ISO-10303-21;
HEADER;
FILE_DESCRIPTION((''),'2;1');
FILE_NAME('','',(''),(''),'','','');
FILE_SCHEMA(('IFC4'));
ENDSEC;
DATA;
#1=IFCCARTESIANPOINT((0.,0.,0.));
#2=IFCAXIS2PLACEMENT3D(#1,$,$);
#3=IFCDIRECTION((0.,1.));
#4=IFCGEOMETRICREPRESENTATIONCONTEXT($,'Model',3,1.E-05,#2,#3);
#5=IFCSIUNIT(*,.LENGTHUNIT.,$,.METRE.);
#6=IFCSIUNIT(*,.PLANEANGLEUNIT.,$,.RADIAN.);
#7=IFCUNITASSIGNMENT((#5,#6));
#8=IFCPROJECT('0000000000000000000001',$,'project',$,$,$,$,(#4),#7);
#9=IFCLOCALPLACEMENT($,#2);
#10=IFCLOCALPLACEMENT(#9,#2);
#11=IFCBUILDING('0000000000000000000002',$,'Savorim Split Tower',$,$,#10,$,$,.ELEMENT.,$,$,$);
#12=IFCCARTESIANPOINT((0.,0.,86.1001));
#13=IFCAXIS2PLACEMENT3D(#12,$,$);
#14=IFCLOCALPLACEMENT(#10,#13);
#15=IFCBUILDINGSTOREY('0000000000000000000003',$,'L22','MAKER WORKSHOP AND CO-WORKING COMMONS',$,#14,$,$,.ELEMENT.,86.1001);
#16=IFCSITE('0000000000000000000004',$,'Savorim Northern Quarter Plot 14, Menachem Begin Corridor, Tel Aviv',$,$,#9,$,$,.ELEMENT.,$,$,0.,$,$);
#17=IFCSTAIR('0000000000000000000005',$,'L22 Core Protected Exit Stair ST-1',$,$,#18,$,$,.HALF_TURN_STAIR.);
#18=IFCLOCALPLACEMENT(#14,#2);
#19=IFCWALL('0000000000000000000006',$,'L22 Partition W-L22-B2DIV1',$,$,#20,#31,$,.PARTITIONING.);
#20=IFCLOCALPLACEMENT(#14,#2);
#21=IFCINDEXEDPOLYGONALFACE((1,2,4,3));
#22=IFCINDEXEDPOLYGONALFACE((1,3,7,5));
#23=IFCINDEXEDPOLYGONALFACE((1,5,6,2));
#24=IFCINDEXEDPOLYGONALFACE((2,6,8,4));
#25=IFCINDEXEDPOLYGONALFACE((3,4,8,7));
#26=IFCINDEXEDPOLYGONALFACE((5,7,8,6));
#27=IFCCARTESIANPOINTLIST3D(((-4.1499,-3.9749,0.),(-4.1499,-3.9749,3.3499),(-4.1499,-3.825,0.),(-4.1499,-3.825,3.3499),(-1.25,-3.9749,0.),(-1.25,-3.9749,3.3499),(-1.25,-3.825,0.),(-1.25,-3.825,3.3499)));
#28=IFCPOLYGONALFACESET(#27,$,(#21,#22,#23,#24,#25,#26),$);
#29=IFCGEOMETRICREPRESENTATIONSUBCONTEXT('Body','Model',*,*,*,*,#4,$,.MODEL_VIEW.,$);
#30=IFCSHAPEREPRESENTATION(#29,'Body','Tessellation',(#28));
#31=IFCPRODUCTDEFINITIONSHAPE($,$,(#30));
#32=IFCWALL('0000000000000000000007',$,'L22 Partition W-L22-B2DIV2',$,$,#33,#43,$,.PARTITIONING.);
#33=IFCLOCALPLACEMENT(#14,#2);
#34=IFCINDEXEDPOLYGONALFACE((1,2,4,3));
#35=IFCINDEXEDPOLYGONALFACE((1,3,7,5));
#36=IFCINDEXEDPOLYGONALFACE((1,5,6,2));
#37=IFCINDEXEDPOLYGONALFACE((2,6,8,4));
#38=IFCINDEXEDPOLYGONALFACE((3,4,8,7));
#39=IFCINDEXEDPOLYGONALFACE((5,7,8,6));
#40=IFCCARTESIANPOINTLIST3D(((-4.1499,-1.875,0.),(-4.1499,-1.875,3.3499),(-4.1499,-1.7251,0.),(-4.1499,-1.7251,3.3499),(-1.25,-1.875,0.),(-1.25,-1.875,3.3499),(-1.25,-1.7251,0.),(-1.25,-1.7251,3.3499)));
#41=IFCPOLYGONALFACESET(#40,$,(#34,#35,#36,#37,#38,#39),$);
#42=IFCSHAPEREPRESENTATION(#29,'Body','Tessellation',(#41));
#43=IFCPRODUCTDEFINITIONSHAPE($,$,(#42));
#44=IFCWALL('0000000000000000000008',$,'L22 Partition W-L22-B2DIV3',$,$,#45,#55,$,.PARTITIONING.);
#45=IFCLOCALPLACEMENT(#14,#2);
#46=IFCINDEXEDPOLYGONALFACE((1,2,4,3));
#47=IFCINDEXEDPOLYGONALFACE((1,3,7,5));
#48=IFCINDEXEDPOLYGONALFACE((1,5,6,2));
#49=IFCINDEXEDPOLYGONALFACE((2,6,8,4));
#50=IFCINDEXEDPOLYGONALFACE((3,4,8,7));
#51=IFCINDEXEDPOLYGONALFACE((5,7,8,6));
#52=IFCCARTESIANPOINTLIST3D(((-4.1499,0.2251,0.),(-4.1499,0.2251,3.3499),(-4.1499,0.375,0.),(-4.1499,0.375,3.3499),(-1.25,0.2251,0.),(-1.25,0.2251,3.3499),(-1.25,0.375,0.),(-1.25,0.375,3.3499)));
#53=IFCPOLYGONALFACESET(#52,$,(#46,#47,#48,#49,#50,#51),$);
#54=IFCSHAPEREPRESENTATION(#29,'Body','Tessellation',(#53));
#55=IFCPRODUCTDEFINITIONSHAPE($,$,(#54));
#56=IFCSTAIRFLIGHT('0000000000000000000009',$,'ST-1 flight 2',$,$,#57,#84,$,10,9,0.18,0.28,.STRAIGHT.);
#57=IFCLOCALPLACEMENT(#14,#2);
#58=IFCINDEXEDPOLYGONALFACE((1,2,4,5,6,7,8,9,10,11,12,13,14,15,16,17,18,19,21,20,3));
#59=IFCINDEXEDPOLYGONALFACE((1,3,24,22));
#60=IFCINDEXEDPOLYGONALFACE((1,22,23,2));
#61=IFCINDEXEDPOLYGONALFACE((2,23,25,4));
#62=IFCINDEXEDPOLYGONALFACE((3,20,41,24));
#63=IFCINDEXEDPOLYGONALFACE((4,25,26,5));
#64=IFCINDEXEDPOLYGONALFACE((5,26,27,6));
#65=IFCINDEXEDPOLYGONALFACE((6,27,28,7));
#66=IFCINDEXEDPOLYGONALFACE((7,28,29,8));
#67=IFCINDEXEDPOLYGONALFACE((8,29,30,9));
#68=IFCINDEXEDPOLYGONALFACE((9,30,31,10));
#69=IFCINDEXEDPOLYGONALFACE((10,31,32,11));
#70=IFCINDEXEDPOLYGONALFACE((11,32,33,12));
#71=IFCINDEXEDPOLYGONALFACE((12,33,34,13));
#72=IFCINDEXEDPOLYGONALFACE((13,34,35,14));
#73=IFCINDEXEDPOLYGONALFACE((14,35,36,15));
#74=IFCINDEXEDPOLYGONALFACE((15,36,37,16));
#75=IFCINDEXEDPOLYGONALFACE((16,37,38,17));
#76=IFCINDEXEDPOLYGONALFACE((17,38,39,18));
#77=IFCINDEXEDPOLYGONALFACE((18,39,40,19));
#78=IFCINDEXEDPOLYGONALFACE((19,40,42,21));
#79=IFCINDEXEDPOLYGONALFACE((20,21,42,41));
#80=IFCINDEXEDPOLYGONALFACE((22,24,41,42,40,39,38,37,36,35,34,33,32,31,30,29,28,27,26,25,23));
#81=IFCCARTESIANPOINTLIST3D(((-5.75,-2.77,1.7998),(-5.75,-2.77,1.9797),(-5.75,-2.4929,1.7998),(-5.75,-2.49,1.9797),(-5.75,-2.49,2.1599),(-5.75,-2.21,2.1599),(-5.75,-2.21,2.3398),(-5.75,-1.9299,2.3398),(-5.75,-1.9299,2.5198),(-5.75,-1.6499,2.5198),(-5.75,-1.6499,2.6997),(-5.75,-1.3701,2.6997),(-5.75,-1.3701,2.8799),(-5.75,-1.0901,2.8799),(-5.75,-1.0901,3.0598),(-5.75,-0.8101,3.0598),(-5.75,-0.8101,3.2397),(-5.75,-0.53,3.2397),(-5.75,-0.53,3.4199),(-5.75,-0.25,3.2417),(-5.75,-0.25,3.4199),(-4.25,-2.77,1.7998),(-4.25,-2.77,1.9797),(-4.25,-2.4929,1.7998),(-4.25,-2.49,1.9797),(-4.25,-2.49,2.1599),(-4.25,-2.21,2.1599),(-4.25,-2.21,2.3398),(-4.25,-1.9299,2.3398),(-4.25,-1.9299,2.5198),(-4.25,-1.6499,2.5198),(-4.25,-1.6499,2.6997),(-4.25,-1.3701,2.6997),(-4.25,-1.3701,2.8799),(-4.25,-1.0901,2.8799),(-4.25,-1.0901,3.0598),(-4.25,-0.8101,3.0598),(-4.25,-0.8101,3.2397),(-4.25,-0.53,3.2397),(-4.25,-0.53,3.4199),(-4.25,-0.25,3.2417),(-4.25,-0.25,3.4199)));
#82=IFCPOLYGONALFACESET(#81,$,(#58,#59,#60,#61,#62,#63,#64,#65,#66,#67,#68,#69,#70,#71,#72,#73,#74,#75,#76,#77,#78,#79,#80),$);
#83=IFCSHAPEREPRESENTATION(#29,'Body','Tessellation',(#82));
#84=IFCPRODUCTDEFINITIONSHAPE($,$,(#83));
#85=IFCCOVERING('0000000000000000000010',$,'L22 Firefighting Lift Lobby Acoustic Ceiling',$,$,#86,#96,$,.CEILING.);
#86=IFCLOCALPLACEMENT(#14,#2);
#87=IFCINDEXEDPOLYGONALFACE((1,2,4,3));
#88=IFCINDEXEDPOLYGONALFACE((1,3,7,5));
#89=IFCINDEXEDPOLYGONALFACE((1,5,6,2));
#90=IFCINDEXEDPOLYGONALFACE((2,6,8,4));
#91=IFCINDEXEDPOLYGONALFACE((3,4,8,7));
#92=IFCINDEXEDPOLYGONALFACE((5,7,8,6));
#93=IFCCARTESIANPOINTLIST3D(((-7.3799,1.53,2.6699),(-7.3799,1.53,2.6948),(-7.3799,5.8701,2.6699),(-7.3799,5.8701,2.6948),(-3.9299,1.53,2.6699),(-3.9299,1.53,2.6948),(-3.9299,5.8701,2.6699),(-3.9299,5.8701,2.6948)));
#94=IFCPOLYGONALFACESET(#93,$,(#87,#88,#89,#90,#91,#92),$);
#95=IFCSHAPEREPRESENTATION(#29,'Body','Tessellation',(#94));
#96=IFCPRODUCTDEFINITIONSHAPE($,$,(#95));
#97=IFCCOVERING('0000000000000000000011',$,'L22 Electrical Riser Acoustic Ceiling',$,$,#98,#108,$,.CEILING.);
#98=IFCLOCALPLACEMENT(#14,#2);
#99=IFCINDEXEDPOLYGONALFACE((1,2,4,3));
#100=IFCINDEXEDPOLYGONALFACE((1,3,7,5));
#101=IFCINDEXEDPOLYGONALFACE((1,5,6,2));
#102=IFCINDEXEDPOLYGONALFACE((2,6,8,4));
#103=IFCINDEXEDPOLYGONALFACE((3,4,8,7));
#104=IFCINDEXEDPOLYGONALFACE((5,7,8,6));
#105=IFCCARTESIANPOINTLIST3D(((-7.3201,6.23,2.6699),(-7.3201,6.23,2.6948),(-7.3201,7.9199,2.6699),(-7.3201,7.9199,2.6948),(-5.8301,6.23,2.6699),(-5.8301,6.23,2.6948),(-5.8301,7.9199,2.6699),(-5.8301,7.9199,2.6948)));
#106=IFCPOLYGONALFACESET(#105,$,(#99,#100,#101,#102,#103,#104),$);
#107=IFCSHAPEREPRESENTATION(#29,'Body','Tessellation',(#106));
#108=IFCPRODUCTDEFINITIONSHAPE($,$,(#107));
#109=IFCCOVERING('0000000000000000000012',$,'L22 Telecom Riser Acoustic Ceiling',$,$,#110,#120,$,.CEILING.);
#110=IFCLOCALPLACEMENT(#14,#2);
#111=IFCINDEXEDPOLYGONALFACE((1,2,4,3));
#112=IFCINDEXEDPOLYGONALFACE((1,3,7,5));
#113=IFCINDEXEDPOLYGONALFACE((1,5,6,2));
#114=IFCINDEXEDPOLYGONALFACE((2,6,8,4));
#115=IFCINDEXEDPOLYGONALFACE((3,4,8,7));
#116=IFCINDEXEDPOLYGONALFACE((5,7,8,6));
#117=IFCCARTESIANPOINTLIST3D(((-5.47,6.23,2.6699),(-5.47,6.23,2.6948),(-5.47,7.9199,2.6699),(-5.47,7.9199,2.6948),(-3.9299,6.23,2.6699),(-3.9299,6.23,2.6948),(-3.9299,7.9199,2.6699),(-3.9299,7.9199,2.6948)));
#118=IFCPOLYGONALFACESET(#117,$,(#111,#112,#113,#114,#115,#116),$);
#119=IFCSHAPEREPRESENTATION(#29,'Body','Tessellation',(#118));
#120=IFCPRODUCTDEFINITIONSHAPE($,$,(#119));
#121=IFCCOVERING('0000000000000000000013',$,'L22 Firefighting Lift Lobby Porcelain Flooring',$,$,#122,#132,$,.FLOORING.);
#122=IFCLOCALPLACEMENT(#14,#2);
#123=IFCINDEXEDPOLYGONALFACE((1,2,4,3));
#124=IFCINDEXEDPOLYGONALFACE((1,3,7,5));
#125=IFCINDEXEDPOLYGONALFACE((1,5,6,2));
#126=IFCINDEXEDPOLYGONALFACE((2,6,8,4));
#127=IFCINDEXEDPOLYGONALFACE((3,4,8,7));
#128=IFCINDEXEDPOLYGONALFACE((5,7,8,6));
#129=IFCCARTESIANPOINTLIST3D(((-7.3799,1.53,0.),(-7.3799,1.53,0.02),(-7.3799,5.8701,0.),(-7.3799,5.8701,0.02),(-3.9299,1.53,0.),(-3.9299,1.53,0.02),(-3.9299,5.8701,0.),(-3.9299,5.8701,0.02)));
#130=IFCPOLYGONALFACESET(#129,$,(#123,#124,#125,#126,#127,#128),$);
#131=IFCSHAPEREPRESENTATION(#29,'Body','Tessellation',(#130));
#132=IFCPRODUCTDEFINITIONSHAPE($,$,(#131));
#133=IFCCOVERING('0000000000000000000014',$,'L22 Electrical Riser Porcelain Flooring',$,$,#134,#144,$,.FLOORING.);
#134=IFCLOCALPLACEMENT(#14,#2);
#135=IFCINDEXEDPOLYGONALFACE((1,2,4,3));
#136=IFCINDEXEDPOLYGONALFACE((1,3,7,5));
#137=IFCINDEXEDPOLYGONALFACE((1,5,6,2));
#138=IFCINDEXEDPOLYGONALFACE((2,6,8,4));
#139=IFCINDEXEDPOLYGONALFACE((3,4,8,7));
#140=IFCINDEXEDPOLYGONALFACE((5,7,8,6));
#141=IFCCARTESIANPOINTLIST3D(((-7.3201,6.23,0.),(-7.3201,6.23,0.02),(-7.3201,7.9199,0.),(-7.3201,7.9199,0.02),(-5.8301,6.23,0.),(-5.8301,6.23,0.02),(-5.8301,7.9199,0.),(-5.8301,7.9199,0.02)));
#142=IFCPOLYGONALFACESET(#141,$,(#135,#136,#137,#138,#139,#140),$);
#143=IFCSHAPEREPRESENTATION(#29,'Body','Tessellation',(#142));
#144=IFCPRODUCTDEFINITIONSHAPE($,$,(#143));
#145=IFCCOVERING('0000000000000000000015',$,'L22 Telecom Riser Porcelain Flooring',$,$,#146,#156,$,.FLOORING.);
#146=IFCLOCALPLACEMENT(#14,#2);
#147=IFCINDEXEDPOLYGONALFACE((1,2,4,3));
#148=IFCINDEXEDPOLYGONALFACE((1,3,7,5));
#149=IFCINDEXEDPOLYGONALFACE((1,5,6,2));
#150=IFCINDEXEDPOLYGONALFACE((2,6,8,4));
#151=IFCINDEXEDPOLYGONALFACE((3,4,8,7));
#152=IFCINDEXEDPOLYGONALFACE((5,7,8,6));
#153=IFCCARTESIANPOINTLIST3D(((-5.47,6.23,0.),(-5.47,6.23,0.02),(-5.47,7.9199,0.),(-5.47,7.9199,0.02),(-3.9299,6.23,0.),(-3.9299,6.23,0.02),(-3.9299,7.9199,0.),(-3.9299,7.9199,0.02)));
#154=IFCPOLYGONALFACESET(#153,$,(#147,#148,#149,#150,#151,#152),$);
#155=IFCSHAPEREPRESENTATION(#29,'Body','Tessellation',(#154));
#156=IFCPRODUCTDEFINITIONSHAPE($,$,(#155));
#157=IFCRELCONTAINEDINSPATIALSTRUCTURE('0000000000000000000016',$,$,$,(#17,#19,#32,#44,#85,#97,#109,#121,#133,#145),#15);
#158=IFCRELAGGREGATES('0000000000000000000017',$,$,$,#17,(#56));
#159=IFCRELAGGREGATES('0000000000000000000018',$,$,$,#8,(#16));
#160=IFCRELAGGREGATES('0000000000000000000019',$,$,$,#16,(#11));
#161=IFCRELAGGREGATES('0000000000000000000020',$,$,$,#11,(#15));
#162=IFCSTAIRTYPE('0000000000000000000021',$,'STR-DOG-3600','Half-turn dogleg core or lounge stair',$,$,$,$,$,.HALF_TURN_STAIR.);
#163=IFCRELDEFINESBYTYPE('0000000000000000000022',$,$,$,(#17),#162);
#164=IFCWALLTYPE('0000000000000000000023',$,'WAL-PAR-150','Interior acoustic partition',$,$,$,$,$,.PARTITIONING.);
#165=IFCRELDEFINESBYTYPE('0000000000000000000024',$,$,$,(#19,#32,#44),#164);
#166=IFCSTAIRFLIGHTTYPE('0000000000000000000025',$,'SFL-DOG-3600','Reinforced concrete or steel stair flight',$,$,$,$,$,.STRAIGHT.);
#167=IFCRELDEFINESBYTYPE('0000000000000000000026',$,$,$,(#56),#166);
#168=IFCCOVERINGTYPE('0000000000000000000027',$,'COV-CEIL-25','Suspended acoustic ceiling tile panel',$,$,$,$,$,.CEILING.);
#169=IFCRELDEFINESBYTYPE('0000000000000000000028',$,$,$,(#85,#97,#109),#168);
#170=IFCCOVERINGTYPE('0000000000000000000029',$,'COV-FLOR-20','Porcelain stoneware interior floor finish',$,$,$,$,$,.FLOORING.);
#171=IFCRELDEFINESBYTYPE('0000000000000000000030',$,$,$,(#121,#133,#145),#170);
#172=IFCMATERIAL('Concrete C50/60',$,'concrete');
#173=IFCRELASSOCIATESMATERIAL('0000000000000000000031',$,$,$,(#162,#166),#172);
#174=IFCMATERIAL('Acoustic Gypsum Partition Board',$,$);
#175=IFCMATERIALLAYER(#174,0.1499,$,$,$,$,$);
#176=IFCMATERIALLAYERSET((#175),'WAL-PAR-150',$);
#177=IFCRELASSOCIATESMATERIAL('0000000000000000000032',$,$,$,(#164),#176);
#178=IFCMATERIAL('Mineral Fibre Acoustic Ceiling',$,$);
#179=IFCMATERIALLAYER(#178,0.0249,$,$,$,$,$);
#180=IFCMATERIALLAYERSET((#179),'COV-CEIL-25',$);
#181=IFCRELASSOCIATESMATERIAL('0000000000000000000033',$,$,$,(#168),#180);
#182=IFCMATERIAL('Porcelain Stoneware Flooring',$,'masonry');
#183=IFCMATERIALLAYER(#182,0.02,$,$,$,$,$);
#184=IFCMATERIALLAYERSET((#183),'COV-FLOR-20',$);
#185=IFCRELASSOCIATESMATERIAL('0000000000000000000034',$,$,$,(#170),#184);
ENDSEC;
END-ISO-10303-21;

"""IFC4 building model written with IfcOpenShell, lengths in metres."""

from ifc_helpers import new_model, si_unit, direction, frame, frame_2d, origin, place, context, subcontext, project, spatial, polyline, rectangle, outline, extrude, material, layer, layer_set, type_object, element, aggregate, save


model = new_model("IFC4")

# Units and contexts
model_context = context("Model", 3, precision=1e-05, world=origin(), true_north=direction((0.0, 1.0)))
body_context = subcontext(model_context, "Body", "Model", "MODEL_VIEW")
ifc_project = project(units=[si_unit("LENGTHUNIT", "METRE"), si_unit("PLANEANGLEUNIT", "RADIAN")], contexts=[model_context])

# Site, building, storey
site_placement = place(None, origin())
site = spatial("IfcSite", under=ifc_project, at=site_placement, Name="Savorim Northern Quarter Plot 14, Menachem Begin Corridor, Tel Aviv", CompositionType="ELEMENT", RefElevation=0.0)
building_placement = place(site_placement, origin())
building = spatial("IfcBuilding", under=site, at=building_placement, Name="Savorim Split Tower", CompositionType="ELEMENT")
storey_placement = place(building_placement, frame((0.0, 0.0, 86.1001)))
storey = spatial("IfcBuildingStorey", under=building, at=storey_placement, Name="L22", Description="MAKER WORKSHOP AND CO-WORKING COMMONS", CompositionType="ELEMENT", Elevation=86.1001)

# Shared definitions
ifc_material_1 = material(Name="Concrete C50/60", Category="concrete")

# Stair
stair_type = type_object("IfcStairType", Name="STR-DOG-3600", Description="Half-turn dogleg core or lounge stair", PredefinedType="HALF_TURN_STAIR", material=ifc_material_1)
stair_1_placement = place(storey_placement, origin())
stair_1 = element("IfcStair", 1, at=stair_1_placement, inside=storey, type_object=stair_type, Name="L22 Core Protected Exit Stair ST-1", PredefinedType="HALF_TURN_STAIR")

# Walls
ifc_material_2 = material(Name="Acoustic Gypsum Partition Board")
ifc_layer_1 = layer(ifc_material_2, 0.1499)
ifc_layer_set_1 = layer_set([ifc_layer_1], Name="WAL-PAR-150")
wall_type_1 = type_object("IfcWallType", Name="WAL-PAR-150", Description="Interior acoustic partition", PredefinedType="PARTITIONING", material=ifc_layer_set_1)
for number, where, z_axis, x_axis, name in (
    (2, (-4.1499, -3.8999, 0.0), (0.0, 0.0, 1.0), (1.0, 0.0, 0.0), "L22 Partition W-L22-B2DIV1"),
    (3, (-4.1499, -1.8, 0.0), (0.0, 0.0, 1.0), (1.0, 0.0, 0.0), "L22 Partition W-L22-B2DIV2"),
    (4, (-4.1499, 0.3, 0.0), (0.0, 0.0, 1.0), (1.0, 0.0, 0.0), "L22 Partition W-L22-B2DIV3"),
):
    element("IfcWall", number, at=place(storey_placement, frame(where, z_axis=z_axis, x_axis=x_axis)), inside=storey, type_object=wall_type_1, Name=name, PredefinedType="PARTITIONING", context=body_context, shape_type="SweptSolid", body=[
        extrude(rectangle(XDim=2.8999, YDim=0.1499, at=frame_2d((1.45, 0.0))), origin(), (0.0, 0.0, 1.0), 3.3499),
    ])

# Stair flight
stair_flight_type = type_object("IfcStairFlightType", Name="SFL-DOG-3600", Description="Reinforced concrete or steel stair flight", PredefinedType="STRAIGHT", material=ifc_material_1)
stair_flight_placement = place(storey_placement, frame((-5.0, -2.77, 1.7998), z_axis=(0.0, 0.0, 1.0), x_axis=(0.0, 1.0, 0.0)))
stair_flight = element("IfcStairFlight", 5, at=stair_flight_placement, type_object=stair_flight_type, Name="ST-1 flight 2", NumberOfRisers=10, NumberOfTreads=9, PredefinedType="STRAIGHT", RiserHeight=0.18, TreadLength=0.28, context=body_context, shape_type="SweptSolid", body=[
    extrude(outline(polyline([(0.0, 0.0), (0.0, 0.1799), (0.28, 0.1799), (0.28, 0.3601), (0.5601, 0.3601), (0.5601, 0.54), (0.8401, 0.54), (0.8401, 0.72), (1.1201, 0.72), (1.1201, 0.8999), (1.3999, 0.8999), (1.3999, 1.0801), (1.6799, 1.0801), (1.6799, 1.26), (1.96, 1.26), (1.96, 1.4399), (2.24, 1.4399), (2.24, 1.6201), (2.52, 1.6201), (2.52, 1.8), (2.52, 1.4419), (0.2771, 0.0), (0.0, 0.0)])), frame((0.0, 0.75, 0.0), z_axis=(0.0, -1.0, 0.0), x_axis=(1.0, 0.0, 0.0)), (0.0, 0.0, 1.0), 1.5),
])
aggregate(stair_1, [stair_flight])

# Coverings
ifc_material_3 = material(Name="Mineral Fibre Acoustic Ceiling")
ifc_layer_2 = layer(ifc_material_3, 0.0249)
ifc_layer_set_2 = layer_set([ifc_layer_2], Name="COV-CEIL-25")
covering_type_1 = type_object("IfcCoveringType", Name="COV-CEIL-25", Description="Suspended acoustic ceiling tile panel", PredefinedType="CEILING", material=ifc_layer_set_2)
covering_1_placement = place(storey_placement, frame((0.0, 0.0, 2.6699)))
element("IfcCovering", 6, at=covering_1_placement, inside=storey, type_object=covering_type_1, Name="L22 Firefighting Lift Lobby Acoustic Ceiling", PredefinedType="CEILING", context=body_context, shape_type="SweptSolid", body=[
    extrude(outline(polyline([(-7.3799, 5.8701), (-7.3799, 1.53), (-3.9299, 1.53), (-3.9299, 5.8701), (-7.3799, 5.8701)])), origin(), (0.0, 0.0, 1.0), 0.0249),
])
covering_2_placement = place(storey_placement, frame((0.0, 0.0, 2.6699)))
element("IfcCovering", 7, at=covering_2_placement, inside=storey, type_object=covering_type_1, Name="L22 Electrical Riser Acoustic Ceiling", PredefinedType="CEILING", context=body_context, shape_type="SweptSolid", body=[
    extrude(outline(polyline([(-7.3201, 7.9199), (-7.3201, 6.23), (-5.8301, 6.23), (-5.8301, 7.9199), (-7.3201, 7.9199)])), origin(), (0.0, 0.0, 1.0), 0.0249),
])
covering_3_placement = place(storey_placement, frame((0.0, 0.0, 2.6699)))
element("IfcCovering", 8, at=covering_3_placement, inside=storey, type_object=covering_type_1, Name="L22 Telecom Riser Acoustic Ceiling", PredefinedType="CEILING", context=body_context, shape_type="SweptSolid", body=[
    extrude(outline(polyline([(-5.47, 7.9199), (-5.47, 6.23), (-3.9299, 6.23), (-3.9299, 7.9199), (-5.47, 7.9199)])), origin(), (0.0, 0.0, 1.0), 0.0249),
])
ifc_material_4 = material(Name="Porcelain Stoneware Flooring", Category="masonry")
ifc_layer_3 = layer(ifc_material_4, 0.02)
ifc_layer_set_3 = layer_set([ifc_layer_3], Name="COV-FLOR-20")
covering_type_2 = type_object("IfcCoveringType", Name="COV-FLOR-20", Description="Porcelain stoneware interior floor finish", PredefinedType="FLOORING", material=ifc_layer_set_3)
covering_4_placement = place(storey_placement, origin())
element("IfcCovering", 9, at=covering_4_placement, inside=storey, type_object=covering_type_2, Name="L22 Firefighting Lift Lobby Porcelain Flooring", PredefinedType="FLOORING", context=body_context, shape_type="SweptSolid", body=[
    extrude(outline(polyline([(-7.3799, 5.8701), (-7.3799, 1.53), (-3.9299, 1.53), (-3.9299, 5.8701), (-7.3799, 5.8701)])), origin(), (0.0, 0.0, 1.0), 0.02),
])
covering_5_placement = place(storey_placement, origin())
element("IfcCovering", 10, at=covering_5_placement, inside=storey, type_object=covering_type_2, Name="L22 Electrical Riser Porcelain Flooring", PredefinedType="FLOORING", context=body_context, shape_type="SweptSolid", body=[
    extrude(outline(polyline([(-7.3201, 7.9199), (-7.3201, 6.23), (-5.8301, 6.23), (-5.8301, 7.9199), (-7.3201, 7.9199)])), origin(), (0.0, 0.0, 1.0), 0.02),
])
covering_6_placement = place(storey_placement, origin())
element("IfcCovering", 11, at=covering_6_placement, inside=storey, type_object=covering_type_2, Name="L22 Telecom Riser Porcelain Flooring", PredefinedType="FLOORING", context=body_context, shape_type="SweptSolid", body=[
    extrude(outline(polyline([(-5.47, 7.9199), (-5.47, 6.23), (-3.9299, 6.23), (-3.9299, 7.9199), (-5.47, 7.9199)])), origin(), (0.0, 0.0, 1.0), 0.02),
])

save(model, "model.ifc")
